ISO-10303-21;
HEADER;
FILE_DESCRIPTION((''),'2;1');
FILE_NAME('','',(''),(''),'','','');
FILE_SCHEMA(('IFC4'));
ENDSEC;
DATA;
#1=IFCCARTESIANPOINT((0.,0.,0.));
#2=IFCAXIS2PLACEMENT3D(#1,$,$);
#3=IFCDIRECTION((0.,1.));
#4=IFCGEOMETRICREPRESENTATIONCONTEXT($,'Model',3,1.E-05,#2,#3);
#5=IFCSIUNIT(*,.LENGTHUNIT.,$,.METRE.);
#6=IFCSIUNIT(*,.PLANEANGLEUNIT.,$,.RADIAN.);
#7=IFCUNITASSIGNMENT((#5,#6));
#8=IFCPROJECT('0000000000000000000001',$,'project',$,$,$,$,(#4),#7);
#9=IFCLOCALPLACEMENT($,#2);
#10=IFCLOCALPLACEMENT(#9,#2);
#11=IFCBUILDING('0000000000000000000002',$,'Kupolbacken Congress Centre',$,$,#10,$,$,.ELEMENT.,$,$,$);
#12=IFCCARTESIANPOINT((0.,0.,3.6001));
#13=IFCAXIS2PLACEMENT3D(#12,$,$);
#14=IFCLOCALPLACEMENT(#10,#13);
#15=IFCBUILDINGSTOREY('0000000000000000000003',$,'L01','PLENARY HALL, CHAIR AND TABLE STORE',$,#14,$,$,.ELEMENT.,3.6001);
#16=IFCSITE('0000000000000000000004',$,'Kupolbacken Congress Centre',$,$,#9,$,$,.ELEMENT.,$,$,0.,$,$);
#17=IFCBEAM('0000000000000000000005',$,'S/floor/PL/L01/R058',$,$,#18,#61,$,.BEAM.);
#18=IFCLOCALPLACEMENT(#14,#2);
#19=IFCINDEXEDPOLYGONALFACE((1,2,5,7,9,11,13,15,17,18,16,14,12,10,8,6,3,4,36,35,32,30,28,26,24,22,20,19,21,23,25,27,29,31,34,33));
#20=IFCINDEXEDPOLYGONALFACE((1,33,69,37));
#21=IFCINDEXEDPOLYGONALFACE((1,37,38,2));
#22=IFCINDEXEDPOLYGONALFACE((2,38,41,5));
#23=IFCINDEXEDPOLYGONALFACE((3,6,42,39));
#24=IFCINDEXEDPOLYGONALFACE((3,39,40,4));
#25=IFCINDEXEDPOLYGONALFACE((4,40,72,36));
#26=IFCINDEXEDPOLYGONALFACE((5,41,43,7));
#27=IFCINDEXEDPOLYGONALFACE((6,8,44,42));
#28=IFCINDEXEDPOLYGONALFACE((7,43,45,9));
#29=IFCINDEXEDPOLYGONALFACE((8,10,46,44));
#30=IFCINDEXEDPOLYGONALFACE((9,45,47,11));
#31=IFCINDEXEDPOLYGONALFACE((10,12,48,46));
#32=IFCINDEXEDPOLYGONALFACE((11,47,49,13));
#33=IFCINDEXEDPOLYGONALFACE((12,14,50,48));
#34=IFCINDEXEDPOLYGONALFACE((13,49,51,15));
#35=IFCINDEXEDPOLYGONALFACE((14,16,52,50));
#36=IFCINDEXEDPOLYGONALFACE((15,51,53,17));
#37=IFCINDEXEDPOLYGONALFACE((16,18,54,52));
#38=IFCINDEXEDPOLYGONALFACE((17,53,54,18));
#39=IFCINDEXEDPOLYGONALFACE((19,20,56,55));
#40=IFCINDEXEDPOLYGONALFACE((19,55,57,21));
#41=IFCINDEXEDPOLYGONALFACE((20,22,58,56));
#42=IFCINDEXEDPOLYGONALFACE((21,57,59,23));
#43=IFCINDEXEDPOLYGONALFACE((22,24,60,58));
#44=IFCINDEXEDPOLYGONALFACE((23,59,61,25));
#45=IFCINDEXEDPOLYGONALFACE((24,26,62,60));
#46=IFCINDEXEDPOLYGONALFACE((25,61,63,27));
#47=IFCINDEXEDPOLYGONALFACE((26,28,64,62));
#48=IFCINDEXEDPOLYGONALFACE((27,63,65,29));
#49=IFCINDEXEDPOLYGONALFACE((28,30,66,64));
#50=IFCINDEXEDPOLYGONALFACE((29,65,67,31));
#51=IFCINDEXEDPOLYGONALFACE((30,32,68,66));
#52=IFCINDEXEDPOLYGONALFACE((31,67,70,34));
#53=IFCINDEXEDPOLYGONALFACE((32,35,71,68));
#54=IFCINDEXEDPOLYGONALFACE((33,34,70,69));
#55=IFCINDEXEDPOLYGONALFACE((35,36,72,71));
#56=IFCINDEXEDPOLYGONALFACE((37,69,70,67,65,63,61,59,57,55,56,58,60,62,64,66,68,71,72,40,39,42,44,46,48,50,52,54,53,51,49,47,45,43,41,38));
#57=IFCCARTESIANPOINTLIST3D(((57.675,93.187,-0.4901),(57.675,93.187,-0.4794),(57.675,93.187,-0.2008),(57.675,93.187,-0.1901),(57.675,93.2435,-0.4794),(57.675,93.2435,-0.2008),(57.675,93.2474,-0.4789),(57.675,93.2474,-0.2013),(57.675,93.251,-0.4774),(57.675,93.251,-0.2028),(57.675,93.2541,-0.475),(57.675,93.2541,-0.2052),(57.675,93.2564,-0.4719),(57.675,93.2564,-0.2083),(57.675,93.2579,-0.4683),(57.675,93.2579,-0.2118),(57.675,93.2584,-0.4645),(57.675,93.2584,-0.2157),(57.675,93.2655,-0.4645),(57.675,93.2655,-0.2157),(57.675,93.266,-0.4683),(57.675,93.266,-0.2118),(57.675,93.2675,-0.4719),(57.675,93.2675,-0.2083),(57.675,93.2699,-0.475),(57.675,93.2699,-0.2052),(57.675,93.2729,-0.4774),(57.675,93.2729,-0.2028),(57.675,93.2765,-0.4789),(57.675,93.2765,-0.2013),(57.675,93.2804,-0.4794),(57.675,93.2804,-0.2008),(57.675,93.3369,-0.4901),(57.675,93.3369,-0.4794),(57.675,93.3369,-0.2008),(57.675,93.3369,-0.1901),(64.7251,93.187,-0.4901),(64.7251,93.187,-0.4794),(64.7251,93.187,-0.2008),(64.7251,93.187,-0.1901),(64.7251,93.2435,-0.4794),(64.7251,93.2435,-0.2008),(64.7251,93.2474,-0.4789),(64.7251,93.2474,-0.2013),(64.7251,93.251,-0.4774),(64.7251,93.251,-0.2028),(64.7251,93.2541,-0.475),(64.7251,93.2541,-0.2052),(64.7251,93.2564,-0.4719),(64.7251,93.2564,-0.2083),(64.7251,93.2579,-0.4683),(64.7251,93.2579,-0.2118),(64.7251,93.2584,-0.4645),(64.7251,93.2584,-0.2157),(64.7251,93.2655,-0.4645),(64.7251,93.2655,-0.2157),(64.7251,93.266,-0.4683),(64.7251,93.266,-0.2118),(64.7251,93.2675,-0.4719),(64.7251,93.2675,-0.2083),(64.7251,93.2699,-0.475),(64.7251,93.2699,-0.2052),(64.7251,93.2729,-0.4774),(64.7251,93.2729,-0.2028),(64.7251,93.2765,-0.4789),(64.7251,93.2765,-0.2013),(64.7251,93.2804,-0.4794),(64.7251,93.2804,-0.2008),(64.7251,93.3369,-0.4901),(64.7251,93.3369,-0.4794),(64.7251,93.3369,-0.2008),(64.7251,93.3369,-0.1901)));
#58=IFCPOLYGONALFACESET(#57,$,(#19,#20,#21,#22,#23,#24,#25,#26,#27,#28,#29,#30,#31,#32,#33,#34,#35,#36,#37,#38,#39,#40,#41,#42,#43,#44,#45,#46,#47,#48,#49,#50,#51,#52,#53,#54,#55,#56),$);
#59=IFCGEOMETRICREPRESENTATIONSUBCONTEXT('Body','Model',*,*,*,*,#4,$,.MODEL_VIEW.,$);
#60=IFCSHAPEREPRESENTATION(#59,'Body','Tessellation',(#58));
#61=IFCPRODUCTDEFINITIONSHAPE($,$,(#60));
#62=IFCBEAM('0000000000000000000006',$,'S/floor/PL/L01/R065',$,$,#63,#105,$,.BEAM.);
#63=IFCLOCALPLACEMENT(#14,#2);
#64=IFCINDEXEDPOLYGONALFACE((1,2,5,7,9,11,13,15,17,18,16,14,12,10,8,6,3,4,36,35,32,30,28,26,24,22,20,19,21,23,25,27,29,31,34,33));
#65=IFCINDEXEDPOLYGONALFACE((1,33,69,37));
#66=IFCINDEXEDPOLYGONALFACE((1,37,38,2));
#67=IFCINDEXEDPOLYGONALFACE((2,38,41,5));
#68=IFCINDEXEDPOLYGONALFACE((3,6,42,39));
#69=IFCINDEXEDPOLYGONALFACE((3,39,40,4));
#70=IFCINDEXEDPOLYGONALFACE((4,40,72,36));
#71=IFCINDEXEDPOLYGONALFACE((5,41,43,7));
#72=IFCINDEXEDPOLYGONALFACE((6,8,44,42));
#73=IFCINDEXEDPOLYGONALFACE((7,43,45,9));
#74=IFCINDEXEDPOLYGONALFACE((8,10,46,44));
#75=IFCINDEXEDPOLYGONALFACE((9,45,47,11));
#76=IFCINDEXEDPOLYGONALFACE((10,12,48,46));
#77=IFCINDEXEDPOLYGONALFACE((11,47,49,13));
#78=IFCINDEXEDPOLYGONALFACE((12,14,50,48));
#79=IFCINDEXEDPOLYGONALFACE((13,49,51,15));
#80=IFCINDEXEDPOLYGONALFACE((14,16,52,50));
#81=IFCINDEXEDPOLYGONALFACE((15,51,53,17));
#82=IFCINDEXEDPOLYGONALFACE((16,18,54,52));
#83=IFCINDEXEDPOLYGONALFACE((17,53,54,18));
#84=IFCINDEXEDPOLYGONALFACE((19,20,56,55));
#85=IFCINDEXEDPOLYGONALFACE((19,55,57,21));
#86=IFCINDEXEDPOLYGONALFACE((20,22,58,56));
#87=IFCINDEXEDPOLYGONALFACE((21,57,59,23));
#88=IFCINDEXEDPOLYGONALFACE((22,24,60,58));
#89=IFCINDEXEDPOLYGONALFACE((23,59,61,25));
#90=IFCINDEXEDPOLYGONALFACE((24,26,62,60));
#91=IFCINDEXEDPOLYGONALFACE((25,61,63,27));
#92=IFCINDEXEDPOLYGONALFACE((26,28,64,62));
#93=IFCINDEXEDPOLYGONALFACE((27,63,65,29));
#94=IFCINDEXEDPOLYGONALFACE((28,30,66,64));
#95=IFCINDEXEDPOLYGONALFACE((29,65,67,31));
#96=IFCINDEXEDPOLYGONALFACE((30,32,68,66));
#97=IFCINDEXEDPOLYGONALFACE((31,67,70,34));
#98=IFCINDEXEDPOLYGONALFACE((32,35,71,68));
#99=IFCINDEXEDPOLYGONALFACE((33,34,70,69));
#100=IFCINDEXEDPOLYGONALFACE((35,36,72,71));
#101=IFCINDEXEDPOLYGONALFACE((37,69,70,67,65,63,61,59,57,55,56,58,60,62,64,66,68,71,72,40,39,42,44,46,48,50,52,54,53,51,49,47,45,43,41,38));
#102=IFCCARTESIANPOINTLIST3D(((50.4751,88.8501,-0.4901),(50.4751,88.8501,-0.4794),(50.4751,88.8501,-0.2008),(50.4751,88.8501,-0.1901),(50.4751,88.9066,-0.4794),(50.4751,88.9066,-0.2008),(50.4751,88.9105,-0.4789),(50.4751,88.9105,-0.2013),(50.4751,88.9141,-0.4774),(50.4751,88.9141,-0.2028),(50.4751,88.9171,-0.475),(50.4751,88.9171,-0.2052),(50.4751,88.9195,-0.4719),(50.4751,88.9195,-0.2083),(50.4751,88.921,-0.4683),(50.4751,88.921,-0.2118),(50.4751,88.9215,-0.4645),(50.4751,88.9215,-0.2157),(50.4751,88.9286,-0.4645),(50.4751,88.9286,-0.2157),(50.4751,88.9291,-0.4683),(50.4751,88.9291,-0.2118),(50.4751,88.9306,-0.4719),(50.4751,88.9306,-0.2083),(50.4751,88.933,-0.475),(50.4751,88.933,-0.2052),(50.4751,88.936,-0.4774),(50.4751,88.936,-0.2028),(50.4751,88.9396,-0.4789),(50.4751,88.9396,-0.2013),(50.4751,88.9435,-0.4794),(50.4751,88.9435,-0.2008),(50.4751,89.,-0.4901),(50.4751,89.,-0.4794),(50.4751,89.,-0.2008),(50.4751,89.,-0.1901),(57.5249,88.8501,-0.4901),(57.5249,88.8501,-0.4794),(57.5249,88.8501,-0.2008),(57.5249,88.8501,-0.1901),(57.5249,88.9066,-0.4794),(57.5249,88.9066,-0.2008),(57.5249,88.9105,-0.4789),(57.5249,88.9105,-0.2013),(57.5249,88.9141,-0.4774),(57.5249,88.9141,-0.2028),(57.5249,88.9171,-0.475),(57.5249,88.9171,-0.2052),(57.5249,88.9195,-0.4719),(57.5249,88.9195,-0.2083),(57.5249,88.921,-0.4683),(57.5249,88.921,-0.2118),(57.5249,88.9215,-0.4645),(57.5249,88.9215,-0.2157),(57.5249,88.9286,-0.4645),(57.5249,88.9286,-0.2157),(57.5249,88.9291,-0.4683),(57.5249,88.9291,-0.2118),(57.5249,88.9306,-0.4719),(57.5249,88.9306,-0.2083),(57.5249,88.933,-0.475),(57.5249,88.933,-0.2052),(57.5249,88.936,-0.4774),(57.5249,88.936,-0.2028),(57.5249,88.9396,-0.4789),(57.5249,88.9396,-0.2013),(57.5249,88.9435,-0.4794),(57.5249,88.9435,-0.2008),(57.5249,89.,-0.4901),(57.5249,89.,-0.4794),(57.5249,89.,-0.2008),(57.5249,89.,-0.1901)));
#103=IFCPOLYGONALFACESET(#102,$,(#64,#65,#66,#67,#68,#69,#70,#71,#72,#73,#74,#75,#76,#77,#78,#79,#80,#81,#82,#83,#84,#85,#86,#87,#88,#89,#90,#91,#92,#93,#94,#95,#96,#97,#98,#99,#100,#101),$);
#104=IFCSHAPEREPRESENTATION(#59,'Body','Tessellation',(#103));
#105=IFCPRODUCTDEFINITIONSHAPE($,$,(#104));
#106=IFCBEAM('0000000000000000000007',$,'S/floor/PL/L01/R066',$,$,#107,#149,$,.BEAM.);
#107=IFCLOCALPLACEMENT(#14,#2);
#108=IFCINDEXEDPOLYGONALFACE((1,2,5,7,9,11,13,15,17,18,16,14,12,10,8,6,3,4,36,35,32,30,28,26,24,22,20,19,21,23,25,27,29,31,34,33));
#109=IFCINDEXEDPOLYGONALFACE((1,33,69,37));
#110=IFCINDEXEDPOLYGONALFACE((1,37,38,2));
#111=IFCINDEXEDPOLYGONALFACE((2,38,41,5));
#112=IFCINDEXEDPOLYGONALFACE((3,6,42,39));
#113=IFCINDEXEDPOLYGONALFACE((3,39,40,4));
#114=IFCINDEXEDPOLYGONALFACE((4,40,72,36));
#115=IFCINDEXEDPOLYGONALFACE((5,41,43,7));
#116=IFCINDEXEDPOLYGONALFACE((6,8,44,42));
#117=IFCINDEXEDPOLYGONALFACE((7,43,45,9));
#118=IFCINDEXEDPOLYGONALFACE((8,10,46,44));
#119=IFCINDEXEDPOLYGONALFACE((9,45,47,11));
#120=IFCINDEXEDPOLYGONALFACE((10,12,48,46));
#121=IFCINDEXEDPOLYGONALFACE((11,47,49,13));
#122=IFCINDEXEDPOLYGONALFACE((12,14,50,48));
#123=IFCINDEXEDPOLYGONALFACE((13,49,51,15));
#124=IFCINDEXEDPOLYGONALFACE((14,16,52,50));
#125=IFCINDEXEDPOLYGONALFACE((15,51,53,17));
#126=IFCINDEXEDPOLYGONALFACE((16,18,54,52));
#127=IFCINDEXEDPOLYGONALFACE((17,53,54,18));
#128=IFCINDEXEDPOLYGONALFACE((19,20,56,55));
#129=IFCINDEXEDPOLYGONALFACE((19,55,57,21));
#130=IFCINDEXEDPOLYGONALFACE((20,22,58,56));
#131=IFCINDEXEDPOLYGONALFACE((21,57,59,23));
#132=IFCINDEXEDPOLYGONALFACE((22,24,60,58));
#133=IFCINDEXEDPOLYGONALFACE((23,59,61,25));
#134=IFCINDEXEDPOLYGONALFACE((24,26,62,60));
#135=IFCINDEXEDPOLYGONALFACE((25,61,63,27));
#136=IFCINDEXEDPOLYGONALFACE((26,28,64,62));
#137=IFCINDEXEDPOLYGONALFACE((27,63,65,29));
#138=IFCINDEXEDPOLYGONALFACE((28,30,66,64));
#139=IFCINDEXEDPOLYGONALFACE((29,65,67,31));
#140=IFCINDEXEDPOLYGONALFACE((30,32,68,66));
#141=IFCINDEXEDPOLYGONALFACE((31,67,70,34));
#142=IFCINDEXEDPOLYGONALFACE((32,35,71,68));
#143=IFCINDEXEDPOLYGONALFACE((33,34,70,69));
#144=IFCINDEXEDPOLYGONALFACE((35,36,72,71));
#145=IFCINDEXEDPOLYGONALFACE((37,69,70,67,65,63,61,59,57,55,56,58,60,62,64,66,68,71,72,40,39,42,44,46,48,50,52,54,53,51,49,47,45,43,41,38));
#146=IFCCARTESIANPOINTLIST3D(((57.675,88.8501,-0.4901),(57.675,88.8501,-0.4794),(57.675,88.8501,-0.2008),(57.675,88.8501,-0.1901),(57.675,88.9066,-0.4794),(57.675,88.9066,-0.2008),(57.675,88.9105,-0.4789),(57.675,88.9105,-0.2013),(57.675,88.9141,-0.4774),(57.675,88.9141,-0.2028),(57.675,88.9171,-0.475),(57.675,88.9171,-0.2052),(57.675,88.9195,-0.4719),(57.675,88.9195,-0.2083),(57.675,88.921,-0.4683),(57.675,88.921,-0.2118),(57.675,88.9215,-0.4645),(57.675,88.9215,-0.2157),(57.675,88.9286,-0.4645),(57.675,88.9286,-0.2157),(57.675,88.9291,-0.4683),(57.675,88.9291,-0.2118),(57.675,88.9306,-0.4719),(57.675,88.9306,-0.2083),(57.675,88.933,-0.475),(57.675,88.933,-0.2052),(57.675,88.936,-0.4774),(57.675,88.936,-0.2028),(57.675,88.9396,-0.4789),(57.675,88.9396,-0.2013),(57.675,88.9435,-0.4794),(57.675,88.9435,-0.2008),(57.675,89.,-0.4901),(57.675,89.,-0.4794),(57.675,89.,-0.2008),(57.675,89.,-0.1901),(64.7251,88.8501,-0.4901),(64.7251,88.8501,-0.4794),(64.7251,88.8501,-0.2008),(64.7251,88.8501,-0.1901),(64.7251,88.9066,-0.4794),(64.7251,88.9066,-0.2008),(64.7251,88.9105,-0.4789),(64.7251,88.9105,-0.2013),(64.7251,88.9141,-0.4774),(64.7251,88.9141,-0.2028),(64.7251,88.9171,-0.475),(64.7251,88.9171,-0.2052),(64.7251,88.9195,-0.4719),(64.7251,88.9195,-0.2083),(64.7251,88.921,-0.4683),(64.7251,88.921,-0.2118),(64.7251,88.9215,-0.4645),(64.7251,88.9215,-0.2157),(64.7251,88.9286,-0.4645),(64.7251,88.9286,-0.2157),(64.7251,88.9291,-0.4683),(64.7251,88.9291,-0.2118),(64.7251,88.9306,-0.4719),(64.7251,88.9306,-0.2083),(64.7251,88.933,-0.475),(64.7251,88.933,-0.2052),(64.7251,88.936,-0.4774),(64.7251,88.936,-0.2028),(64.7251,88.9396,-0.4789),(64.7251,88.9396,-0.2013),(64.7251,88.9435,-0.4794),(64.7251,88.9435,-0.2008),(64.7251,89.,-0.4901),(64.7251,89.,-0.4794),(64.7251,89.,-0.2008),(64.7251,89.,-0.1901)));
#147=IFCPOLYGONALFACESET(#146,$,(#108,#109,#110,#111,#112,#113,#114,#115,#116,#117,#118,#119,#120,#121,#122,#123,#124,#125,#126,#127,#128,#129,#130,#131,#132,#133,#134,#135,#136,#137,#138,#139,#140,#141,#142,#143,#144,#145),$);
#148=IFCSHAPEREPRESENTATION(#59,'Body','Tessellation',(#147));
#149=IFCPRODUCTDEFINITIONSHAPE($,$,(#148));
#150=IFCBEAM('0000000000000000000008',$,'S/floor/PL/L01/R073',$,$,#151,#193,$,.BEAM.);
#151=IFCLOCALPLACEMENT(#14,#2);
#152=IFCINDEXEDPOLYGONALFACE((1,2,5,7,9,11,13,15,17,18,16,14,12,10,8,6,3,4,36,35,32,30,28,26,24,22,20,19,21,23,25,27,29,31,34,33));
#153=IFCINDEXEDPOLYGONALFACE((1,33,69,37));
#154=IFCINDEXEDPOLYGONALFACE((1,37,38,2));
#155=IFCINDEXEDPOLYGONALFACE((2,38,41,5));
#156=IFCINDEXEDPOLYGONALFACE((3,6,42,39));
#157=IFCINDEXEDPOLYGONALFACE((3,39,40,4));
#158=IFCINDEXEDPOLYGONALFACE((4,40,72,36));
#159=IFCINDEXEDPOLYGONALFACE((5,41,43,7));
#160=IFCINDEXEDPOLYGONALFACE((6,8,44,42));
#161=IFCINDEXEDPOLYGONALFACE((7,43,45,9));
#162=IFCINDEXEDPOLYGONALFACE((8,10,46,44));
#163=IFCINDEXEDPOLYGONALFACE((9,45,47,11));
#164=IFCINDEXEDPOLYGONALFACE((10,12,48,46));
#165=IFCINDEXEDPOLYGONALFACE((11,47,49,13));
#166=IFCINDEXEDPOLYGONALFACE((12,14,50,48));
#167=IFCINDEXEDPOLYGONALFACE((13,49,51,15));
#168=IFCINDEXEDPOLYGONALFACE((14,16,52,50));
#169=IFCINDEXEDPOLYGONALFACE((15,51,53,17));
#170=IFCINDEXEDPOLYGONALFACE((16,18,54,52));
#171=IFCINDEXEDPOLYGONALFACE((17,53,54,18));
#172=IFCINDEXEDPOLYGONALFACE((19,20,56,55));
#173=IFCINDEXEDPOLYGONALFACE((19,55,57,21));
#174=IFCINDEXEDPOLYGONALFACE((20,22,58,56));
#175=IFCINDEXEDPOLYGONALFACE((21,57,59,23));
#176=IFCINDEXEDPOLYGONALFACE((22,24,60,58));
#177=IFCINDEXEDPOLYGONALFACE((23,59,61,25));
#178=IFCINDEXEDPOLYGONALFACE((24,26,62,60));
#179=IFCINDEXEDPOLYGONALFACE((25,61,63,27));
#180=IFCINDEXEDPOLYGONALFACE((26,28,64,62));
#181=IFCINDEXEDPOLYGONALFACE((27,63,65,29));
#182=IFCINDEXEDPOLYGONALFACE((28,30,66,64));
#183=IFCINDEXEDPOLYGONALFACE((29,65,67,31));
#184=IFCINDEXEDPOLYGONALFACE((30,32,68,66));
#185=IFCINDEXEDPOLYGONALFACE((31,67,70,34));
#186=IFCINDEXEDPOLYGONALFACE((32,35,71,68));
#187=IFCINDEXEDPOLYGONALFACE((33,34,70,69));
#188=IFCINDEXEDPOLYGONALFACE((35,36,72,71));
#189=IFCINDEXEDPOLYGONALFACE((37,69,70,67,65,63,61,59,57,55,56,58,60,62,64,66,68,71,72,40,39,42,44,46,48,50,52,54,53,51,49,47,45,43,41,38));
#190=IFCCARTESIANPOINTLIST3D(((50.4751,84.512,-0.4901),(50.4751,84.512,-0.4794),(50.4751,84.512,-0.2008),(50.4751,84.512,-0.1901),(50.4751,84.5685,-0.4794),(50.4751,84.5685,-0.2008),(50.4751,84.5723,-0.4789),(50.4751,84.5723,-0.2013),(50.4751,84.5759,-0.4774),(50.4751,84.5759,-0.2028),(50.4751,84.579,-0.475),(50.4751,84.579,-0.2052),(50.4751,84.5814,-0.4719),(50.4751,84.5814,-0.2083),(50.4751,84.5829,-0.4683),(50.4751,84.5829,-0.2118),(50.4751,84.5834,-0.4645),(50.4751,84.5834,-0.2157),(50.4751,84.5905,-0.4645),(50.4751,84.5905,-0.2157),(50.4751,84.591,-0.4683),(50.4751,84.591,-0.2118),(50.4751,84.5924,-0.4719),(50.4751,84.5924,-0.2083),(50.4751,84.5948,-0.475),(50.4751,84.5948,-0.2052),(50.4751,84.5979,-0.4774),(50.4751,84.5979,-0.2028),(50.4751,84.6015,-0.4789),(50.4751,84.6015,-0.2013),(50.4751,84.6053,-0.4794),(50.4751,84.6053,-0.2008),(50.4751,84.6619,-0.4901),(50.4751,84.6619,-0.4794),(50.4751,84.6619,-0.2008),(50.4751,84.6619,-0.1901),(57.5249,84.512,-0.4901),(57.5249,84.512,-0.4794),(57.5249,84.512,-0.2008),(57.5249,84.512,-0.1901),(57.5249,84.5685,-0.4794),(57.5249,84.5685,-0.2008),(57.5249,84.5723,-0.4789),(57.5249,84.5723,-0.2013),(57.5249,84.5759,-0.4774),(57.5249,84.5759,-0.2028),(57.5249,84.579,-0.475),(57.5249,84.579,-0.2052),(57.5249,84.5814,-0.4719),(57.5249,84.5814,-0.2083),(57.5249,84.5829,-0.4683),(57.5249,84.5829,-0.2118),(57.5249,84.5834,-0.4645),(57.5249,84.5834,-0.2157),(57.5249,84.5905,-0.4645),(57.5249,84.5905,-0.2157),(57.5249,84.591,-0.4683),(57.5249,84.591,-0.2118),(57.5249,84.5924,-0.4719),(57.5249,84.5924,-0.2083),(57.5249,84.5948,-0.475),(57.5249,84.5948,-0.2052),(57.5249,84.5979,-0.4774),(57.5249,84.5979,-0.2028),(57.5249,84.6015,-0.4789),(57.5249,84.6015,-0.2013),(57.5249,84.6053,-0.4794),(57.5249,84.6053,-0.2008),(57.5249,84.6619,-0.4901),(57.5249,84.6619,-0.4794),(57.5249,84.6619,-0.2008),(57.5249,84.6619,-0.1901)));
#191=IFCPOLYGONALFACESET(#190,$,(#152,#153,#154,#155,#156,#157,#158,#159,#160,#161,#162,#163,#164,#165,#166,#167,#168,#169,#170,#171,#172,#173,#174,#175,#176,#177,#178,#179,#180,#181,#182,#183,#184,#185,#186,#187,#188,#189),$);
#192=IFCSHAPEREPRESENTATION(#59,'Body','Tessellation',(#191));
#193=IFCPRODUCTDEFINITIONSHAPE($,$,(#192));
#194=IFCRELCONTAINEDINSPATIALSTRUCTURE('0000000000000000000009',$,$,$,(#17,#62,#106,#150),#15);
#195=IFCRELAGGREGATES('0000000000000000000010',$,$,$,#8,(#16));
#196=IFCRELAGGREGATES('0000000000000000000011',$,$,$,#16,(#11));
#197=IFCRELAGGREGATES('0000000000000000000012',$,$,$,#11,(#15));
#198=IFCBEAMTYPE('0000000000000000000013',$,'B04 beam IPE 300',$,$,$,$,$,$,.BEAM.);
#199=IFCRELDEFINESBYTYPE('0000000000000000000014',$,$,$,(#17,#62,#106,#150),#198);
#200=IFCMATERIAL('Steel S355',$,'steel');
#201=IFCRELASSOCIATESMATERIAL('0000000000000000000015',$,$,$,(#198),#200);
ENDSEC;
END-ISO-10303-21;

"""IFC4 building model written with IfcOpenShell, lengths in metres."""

from ifc_helpers import new_model, si_unit, direction, frame, origin, origin_2d, place, context, subcontext, project, spatial, i_section, extrude, material, material_profile, profile_set, type_object, element, save


model = new_model("IFC4")

# Units and contexts
model_context = context("Model", 3, precision=1e-05, world=origin(), true_north=direction((0.0, 1.0)))
body_context = subcontext(model_context, "Body", "Model", "MODEL_VIEW")
ifc_project = project(units=[si_unit("LENGTHUNIT", "METRE"), si_unit("PLANEANGLEUNIT", "RADIAN")], contexts=[model_context])

# Site, building, storey
site_placement = place(None, origin())
site = spatial("IfcSite", under=ifc_project, at=site_placement, Name="Kupolbacken Congress Centre", CompositionType="ELEMENT", RefElevation=0.0)
building_placement = place(site_placement, origin())
building = spatial("IfcBuilding", under=site, at=building_placement, Name="Kupolbacken Congress Centre", CompositionType="ELEMENT")
storey_placement = place(building_placement, frame((0.0, 0.0, 3.6001)))
storey = spatial("IfcBuildingStorey", under=building, at=storey_placement, Name="L01", Description="PLENARY HALL, CHAIR AND TABLE STORE", CompositionType="ELEMENT", Elevation=3.6001)

# Beams
ifc_material_1 = material(Name="Steel S355", Category="steel")
ifc_material_profile_1 = material_profile(ifc_material_1, i_section(OverallWidth=0.1499, OverallDepth=0.3, WebThickness=0.0071, FlangeThickness=0.0107, FilletRadius=0.0149, at=origin_2d()), Name="IPE 300")
ifc_profile_set_1 = profile_set([ifc_material_profile_1], Name="Steel S355")
beam_type_1 = type_object("IfcBeamType", Name="B04 beam IPE 300", PredefinedType="BEAM", material=ifc_profile_set_1)
beam_1_placement = place(storey_placement, frame((57.675, 93.262, -0.3401), z_axis=(1.0, 0.0, 0.0), x_axis=(0.0, 1.0, 0.0)))
element("IfcBeam", 1, at=beam_1_placement, inside=storey, type_object=beam_type_1, Name="S/floor/PL/L01/R058", PredefinedType="BEAM", context=body_context, shape_type="SweptSolid", body=[
    extrude(i_section(OverallWidth=0.1499, OverallDepth=0.3, WebThickness=0.0071, FlangeThickness=0.0107, FilletRadius=0.0149, at=origin_2d()), origin(), (0.0, 0.0, 1.0), 7.05),
])
beam_2_placement = place(storey_placement, frame((50.4751, 88.925, -0.3401), z_axis=(1.0, 0.0, 0.0), x_axis=(0.0, 1.0, 0.0)))
element("IfcBeam", 2, at=beam_2_placement, inside=storey, type_object=beam_type_1, Name="S/floor/PL/L01/R065", PredefinedType="BEAM", context=body_context, shape_type="SweptSolid", body=[
    extrude(i_section(OverallWidth=0.1499, OverallDepth=0.3, WebThickness=0.0071, FlangeThickness=0.0107, FilletRadius=0.0149, at=origin_2d()), origin(), (0.0, 0.0, 1.0), 7.0498),
])
beam_3_placement = place(storey_placement, frame((57.675, 88.925, -0.3401), z_axis=(1.0, 0.0, 0.0), x_axis=(0.0, 1.0, 0.0)))
element("IfcBeam", 3, at=beam_3_placement, inside=storey, type_object=beam_type_1, Name="S/floor/PL/L01/R066", PredefinedType="BEAM", context=body_context, shape_type="SweptSolid", body=[
    extrude(i_section(OverallWidth=0.1499, OverallDepth=0.3, WebThickness=0.0071, FlangeThickness=0.0107, FilletRadius=0.0149, at=origin_2d()), origin(), (0.0, 0.0, 1.0), 7.05),
])
beam_4_placement = place(storey_placement, frame((50.4751, 84.5869, -0.3401), z_axis=(1.0, 0.0, 0.0), x_axis=(0.0, 1.0, 0.0)))
element("IfcBeam", 4, at=beam_4_placement, inside=storey, type_object=beam_type_1, Name="S/floor/PL/L01/R073", PredefinedType="BEAM", context=body_context, shape_type="SweptSolid", body=[
    extrude(i_section(OverallWidth=0.1499, OverallDepth=0.3, WebThickness=0.0071, FlangeThickness=0.0107, FilletRadius=0.0149, at=origin_2d()), origin(), (0.0, 0.0, 1.0), 7.0498),
])

save(model, "model.ifc")
